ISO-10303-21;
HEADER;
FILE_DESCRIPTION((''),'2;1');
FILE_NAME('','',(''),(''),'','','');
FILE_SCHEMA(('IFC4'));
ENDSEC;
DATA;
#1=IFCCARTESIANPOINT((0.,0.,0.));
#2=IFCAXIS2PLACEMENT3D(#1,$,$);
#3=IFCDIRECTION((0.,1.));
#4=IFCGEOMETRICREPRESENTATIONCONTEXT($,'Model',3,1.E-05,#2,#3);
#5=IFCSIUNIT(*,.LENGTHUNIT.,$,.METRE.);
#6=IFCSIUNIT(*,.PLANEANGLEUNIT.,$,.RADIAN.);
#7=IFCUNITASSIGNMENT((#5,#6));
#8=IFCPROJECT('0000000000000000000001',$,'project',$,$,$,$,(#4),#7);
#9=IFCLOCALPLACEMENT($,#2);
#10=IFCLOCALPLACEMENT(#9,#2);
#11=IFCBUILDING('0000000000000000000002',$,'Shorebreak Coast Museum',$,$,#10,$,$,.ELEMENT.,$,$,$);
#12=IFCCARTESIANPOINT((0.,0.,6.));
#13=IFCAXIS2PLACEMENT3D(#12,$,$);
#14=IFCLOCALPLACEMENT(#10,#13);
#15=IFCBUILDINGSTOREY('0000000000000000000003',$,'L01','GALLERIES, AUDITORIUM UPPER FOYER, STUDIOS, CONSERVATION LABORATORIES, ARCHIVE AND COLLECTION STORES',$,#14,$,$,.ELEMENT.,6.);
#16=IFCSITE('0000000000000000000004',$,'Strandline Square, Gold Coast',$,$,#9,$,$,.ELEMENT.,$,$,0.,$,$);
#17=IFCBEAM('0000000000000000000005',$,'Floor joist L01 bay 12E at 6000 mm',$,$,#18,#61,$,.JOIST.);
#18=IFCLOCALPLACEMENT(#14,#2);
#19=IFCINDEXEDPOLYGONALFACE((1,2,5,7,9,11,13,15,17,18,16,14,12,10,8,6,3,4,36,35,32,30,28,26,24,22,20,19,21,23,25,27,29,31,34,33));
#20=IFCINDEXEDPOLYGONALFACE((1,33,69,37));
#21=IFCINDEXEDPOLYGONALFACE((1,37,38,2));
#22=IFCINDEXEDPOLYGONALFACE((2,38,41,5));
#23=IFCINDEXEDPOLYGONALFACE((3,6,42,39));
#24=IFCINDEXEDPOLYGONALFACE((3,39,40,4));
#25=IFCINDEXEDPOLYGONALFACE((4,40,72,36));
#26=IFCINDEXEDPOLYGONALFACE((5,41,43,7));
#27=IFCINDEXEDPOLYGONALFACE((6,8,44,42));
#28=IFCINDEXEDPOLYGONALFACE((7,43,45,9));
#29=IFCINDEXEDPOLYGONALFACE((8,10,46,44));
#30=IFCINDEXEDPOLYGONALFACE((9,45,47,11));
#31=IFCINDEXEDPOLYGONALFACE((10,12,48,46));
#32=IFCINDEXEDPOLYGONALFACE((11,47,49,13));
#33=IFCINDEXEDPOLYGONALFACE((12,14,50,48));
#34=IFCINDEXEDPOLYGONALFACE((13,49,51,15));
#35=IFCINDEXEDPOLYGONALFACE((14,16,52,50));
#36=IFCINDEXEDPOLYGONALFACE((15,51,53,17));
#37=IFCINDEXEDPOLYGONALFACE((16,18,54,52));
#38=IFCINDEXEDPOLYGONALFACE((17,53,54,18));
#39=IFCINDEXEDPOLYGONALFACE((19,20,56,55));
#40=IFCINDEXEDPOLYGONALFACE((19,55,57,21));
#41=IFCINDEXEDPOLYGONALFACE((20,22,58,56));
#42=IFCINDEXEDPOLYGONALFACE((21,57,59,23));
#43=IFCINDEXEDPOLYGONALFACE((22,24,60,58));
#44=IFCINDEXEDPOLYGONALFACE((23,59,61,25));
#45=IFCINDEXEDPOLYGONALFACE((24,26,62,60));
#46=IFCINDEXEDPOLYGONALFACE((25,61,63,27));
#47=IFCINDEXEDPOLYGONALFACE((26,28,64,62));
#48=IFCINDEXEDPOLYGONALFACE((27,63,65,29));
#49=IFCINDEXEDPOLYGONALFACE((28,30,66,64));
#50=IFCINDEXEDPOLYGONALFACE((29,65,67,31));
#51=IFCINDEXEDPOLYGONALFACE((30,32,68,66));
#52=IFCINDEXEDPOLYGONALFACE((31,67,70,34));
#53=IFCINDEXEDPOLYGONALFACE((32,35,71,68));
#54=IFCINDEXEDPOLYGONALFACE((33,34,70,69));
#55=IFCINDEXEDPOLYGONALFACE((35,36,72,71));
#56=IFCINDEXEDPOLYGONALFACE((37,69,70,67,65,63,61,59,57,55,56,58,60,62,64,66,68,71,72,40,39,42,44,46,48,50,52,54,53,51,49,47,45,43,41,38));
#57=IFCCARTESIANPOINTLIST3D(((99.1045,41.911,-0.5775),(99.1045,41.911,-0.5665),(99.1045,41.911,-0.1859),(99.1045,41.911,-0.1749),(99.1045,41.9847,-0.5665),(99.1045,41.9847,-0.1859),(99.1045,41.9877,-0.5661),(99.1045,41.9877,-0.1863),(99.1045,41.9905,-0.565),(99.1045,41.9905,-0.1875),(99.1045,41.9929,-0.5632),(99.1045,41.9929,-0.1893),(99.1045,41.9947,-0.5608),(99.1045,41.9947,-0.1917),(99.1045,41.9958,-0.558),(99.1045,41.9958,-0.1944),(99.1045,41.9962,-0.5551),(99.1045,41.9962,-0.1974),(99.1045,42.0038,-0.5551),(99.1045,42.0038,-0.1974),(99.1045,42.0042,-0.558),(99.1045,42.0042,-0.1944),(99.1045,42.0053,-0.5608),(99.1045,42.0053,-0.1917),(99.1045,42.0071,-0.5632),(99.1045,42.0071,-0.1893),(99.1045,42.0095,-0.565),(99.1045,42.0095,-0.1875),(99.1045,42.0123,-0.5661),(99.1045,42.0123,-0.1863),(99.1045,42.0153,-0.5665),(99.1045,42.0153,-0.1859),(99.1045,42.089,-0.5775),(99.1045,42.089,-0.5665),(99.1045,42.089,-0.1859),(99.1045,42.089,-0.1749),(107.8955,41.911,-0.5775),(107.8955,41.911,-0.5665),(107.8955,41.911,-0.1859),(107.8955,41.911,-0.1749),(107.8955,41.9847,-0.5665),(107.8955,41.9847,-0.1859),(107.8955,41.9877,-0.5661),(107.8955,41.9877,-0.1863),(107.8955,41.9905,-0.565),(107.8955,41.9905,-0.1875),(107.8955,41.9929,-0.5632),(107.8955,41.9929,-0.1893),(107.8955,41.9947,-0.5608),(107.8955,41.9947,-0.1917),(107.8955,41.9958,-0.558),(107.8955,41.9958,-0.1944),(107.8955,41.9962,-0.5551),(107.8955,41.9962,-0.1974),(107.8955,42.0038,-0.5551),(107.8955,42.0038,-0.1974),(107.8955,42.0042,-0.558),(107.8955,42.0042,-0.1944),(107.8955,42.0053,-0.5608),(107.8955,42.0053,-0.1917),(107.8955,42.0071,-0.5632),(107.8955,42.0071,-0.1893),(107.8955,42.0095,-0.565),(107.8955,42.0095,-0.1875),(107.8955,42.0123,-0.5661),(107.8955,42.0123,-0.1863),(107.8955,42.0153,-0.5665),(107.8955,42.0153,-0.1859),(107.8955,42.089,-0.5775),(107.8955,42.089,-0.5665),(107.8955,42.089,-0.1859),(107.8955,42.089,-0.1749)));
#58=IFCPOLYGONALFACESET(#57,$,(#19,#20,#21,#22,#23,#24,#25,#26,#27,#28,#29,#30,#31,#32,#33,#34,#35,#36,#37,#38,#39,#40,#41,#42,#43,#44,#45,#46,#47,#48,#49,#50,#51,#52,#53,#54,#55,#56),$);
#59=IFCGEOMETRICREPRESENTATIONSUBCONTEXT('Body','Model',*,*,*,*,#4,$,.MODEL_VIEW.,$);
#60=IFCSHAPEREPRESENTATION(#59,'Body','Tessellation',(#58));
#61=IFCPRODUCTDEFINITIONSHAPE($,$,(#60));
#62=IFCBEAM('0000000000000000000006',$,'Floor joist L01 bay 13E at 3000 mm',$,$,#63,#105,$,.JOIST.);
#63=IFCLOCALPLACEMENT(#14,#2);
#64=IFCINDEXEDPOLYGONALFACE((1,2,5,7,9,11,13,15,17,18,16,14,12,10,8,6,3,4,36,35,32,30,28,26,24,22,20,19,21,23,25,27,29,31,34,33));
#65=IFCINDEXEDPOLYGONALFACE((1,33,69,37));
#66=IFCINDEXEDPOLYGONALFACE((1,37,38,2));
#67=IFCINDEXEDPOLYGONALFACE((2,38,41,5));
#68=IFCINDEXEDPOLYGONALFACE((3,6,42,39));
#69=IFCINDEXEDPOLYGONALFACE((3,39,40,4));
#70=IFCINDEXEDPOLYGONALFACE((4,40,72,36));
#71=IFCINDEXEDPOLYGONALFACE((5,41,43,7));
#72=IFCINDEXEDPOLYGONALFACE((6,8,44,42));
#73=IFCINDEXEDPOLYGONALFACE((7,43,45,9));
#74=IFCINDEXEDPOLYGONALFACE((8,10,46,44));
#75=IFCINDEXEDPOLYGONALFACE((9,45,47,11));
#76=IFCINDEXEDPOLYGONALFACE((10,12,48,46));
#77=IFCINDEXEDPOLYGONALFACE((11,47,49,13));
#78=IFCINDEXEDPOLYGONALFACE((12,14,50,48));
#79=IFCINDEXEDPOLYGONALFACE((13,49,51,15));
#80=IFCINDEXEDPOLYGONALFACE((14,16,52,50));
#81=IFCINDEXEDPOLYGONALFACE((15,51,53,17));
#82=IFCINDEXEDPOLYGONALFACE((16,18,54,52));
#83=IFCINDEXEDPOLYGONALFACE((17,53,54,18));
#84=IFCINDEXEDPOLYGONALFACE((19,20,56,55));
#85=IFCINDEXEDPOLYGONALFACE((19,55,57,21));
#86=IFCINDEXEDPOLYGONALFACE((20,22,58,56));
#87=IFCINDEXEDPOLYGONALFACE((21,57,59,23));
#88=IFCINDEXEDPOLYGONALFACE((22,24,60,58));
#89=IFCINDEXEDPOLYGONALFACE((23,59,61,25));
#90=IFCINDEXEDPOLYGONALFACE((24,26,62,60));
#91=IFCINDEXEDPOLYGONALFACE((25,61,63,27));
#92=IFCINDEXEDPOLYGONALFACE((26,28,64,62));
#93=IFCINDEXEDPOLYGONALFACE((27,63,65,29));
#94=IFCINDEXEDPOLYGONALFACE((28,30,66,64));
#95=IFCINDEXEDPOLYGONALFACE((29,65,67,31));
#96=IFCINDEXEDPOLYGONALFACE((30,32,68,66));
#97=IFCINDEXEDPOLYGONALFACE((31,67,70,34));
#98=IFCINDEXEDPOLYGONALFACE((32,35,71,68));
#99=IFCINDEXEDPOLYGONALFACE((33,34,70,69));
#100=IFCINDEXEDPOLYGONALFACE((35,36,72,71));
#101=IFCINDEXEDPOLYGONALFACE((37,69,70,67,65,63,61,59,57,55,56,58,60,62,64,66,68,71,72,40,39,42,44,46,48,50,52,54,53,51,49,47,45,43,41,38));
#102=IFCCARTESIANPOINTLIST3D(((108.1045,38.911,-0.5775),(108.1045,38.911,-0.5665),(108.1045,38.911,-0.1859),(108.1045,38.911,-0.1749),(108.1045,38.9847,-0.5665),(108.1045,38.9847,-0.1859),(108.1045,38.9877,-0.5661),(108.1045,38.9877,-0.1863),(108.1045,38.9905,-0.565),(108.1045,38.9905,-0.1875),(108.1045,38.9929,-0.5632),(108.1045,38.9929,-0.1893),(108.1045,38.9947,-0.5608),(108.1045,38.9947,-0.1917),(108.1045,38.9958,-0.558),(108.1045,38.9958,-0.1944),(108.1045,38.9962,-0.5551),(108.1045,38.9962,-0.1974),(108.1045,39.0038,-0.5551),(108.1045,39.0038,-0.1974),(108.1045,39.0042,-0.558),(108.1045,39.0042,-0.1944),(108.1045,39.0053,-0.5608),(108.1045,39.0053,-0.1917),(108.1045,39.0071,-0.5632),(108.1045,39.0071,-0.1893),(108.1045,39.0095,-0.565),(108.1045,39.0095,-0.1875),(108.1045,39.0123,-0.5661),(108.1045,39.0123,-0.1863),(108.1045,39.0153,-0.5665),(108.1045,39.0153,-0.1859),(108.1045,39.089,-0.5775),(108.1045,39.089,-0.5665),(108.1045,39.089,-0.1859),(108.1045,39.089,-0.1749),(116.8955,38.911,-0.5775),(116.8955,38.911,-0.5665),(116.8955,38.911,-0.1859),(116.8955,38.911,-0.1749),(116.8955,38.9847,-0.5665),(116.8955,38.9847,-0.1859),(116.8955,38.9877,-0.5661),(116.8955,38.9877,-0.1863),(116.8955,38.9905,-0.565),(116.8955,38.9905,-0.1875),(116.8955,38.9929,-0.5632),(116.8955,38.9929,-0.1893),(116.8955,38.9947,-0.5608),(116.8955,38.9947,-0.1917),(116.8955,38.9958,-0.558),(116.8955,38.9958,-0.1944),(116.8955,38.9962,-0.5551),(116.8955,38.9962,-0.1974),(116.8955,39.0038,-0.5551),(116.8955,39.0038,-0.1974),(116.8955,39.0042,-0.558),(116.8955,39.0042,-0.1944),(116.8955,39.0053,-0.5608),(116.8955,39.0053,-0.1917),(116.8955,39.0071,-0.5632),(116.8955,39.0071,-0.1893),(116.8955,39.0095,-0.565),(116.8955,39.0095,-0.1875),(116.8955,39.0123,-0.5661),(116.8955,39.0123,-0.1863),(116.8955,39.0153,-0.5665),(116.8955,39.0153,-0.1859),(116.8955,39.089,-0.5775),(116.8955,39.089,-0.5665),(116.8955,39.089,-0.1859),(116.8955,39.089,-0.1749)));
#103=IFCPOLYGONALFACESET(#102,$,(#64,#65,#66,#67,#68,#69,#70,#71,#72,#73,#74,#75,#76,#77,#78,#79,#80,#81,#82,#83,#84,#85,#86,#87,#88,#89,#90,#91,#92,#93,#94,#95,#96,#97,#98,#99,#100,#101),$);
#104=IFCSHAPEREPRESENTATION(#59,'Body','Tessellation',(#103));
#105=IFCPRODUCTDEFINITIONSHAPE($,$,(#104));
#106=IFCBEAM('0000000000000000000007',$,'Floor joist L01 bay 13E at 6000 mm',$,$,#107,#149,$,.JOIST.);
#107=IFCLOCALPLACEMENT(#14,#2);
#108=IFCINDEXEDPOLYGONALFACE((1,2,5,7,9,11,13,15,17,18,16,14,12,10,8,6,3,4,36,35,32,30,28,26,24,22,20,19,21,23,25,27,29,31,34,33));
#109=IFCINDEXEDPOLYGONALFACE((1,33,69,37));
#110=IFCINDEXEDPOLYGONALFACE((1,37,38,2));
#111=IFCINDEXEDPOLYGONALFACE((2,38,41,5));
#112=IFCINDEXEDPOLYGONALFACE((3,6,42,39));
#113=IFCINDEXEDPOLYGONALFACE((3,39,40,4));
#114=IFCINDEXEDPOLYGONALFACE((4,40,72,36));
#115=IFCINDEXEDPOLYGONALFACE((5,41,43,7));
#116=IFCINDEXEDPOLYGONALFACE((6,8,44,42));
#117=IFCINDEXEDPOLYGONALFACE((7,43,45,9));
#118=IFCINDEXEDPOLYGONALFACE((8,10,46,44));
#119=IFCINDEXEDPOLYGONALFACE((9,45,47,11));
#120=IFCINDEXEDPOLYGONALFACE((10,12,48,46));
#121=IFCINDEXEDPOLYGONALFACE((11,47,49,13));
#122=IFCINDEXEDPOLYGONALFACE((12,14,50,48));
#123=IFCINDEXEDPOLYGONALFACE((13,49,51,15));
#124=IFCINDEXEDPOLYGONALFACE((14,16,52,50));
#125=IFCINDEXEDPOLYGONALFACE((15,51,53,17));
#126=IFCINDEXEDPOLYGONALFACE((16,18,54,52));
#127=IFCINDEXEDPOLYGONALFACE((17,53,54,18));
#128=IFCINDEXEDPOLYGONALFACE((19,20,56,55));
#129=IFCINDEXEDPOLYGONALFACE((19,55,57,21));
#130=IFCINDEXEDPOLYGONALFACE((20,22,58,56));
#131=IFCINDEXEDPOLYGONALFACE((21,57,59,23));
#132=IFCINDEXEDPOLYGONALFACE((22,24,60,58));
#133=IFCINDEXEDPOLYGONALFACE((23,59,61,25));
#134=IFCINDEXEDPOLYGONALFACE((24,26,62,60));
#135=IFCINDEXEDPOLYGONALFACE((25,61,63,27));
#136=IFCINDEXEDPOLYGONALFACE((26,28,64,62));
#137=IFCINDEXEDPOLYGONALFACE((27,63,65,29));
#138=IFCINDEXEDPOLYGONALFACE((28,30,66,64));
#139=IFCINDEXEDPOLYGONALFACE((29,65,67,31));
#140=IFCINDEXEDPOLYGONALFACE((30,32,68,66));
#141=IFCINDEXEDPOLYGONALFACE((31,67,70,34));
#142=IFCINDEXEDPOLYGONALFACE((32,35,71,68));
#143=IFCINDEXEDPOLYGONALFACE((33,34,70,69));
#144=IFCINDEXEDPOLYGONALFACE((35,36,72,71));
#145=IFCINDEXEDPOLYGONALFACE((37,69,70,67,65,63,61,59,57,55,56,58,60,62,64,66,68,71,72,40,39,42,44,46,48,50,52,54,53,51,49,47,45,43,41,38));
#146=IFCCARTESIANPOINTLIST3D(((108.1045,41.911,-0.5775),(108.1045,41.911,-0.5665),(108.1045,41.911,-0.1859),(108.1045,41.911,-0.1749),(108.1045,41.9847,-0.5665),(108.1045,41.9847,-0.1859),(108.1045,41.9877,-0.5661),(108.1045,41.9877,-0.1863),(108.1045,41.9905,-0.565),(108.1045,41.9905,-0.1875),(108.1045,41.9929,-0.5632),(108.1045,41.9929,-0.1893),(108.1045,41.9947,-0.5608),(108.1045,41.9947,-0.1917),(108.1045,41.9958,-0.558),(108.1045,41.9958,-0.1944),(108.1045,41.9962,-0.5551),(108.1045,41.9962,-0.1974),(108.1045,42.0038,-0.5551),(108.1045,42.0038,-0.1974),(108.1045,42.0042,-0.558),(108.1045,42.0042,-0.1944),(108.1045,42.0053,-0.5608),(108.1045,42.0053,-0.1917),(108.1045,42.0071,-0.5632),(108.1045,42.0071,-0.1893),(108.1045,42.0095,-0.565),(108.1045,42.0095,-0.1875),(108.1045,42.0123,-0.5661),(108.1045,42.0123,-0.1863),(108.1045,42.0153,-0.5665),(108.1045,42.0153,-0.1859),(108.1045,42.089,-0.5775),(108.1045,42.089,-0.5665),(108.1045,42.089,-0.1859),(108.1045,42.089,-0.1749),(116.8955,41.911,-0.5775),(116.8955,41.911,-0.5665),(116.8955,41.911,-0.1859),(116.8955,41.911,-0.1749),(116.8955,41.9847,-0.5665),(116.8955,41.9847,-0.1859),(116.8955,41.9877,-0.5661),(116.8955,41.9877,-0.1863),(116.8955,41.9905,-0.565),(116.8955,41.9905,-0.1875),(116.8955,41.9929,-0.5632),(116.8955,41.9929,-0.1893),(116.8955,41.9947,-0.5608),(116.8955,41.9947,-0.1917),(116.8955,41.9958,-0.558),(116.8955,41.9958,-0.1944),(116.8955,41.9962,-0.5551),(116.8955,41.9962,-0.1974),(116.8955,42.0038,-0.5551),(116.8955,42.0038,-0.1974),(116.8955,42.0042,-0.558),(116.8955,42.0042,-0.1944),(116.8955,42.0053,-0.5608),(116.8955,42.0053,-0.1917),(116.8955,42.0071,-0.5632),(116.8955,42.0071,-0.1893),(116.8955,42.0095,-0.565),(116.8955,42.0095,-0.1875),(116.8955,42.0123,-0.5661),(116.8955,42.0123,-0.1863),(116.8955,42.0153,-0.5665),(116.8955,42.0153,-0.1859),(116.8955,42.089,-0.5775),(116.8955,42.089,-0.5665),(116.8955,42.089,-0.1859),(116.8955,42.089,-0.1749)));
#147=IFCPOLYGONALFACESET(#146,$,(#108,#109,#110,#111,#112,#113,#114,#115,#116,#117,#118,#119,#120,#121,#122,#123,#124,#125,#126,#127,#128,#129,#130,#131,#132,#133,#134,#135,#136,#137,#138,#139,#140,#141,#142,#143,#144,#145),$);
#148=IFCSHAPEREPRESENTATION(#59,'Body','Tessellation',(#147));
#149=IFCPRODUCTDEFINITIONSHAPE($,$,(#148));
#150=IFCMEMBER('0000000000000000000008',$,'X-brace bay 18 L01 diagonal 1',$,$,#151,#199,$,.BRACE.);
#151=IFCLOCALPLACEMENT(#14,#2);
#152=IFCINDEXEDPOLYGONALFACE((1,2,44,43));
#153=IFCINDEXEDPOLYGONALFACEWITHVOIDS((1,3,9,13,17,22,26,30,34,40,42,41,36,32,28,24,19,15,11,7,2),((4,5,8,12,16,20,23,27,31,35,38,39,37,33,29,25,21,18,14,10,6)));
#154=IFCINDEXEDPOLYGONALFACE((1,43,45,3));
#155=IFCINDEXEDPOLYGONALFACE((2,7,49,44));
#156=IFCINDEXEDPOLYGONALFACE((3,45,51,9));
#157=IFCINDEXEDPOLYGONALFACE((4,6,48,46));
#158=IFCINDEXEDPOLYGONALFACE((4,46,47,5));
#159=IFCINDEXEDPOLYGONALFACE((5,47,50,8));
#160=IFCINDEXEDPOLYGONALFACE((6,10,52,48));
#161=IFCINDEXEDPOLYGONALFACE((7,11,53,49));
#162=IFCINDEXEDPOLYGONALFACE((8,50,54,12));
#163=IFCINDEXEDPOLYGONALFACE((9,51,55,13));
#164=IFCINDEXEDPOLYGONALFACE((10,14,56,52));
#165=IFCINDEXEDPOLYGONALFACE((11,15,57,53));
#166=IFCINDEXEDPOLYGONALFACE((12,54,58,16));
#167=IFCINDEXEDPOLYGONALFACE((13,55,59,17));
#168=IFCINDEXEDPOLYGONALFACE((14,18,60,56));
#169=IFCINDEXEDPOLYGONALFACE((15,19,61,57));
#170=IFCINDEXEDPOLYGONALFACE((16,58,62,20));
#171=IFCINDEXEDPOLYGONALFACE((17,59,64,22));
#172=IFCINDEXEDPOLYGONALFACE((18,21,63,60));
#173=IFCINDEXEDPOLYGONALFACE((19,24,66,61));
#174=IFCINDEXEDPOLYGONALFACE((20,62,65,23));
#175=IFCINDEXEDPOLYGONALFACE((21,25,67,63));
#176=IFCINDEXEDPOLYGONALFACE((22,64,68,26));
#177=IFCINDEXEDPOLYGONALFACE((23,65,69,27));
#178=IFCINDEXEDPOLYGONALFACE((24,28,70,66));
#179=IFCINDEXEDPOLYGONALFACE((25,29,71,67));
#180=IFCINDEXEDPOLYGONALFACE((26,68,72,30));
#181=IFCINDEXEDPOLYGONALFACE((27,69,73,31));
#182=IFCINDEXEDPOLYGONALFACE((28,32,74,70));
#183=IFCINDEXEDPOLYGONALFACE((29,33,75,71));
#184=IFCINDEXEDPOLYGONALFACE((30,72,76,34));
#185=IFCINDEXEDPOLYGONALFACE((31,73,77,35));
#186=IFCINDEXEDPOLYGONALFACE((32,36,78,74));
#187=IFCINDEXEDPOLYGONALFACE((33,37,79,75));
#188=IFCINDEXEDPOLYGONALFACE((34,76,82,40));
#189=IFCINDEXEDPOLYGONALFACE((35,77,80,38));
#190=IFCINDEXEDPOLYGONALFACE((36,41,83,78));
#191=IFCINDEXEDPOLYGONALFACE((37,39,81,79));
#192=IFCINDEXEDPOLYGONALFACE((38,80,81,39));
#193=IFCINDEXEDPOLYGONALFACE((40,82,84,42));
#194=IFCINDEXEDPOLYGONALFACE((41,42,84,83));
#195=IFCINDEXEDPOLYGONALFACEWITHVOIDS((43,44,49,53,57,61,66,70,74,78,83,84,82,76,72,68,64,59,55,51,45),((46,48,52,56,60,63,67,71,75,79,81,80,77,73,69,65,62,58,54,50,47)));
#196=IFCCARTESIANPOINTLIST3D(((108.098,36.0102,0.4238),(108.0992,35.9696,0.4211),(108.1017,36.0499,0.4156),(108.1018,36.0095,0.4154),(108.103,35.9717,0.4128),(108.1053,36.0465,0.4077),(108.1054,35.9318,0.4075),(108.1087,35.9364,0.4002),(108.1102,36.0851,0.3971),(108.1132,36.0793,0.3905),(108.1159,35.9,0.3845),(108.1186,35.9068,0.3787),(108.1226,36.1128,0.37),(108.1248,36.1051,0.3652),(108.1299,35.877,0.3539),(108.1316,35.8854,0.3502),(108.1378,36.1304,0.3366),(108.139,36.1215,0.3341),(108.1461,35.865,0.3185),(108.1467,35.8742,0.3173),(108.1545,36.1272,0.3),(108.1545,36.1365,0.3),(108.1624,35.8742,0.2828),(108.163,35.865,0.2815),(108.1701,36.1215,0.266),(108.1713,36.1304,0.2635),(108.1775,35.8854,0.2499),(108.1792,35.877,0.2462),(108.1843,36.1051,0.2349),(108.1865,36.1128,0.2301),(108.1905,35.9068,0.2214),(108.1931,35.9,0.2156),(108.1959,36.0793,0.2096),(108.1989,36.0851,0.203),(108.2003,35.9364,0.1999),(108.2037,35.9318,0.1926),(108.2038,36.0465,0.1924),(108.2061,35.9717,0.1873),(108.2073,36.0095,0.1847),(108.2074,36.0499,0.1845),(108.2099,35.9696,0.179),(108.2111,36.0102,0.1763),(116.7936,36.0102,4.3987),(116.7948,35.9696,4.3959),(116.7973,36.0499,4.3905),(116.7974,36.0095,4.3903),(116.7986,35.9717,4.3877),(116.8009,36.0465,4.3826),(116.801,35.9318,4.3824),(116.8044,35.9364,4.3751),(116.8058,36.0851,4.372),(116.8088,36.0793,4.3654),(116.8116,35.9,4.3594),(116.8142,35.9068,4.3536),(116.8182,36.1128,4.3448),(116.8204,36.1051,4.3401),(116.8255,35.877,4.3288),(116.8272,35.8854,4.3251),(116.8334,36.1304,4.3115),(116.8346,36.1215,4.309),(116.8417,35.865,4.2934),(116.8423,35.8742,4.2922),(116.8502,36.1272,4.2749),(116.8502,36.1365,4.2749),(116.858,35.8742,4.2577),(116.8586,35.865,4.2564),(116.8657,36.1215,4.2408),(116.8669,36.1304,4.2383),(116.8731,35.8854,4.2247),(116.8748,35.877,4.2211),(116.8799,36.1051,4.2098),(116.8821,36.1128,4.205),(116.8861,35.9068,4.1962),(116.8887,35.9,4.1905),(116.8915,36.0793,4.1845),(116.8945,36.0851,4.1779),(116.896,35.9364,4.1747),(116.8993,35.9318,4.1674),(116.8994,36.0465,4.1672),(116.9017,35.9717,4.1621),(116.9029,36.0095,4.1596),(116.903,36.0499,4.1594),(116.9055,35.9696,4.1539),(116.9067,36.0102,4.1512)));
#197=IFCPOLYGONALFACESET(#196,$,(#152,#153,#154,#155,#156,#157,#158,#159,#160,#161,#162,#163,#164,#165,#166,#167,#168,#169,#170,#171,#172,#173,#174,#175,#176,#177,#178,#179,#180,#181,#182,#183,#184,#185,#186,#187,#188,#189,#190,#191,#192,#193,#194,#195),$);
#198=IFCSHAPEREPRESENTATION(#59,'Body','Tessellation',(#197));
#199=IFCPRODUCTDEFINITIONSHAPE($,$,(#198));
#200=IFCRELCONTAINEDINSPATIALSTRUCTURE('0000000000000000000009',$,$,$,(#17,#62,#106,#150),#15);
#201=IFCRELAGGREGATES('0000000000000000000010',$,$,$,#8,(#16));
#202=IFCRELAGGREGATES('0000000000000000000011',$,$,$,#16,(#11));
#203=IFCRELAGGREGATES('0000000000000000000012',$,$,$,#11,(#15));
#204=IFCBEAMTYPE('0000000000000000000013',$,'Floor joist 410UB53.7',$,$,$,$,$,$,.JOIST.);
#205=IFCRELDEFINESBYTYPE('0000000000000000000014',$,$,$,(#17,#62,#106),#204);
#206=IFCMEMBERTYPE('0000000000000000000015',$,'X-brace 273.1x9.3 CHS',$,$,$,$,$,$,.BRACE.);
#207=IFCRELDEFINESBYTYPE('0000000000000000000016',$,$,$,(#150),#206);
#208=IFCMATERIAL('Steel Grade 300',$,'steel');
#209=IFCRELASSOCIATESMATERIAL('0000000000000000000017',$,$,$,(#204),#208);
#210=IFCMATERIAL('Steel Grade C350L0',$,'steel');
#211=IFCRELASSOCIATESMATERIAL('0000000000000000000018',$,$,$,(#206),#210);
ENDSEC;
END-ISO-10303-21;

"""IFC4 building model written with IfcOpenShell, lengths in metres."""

from ifc_helpers import new_model, si_unit, direction, frame, origin, origin_2d, place, context, subcontext, project, spatial, hollow_circle, i_section, extrude, material, material_profile, profile_set, type_object, element, save


model = new_model("IFC4")

# Units and contexts
model_context = context("Model", 3, precision=1e-05, world=origin(), true_north=direction((0.0, 1.0)))
body_context = subcontext(model_context, "Body", "Model", "MODEL_VIEW")
ifc_project = project(units=[si_unit("LENGTHUNIT", "METRE"), si_unit("PLANEANGLEUNIT", "RADIAN")], contexts=[model_context])

# Site, building, storey
site_placement = place(None, origin())
site = spatial("IfcSite", under=ifc_project, at=site_placement, Name="Strandline Square, Gold Coast", CompositionType="ELEMENT", RefElevation=0.0)
building_placement = place(site_placement, origin())
building = spatial("IfcBuilding", under=site, at=building_placement, Name="Shorebreak Coast Museum", CompositionType="ELEMENT")
storey_placement = place(building_placement, frame((0.0, 0.0, 6.0)))
storey = spatial("IfcBuildingStorey", under=building, at=storey_placement, Name="L01", Description="GALLERIES, AUDITORIUM UPPER FOYER, STUDIOS, CONSERVATION LABORATORIES, ARCHIVE AND COLLECTION STORES", CompositionType="ELEMENT", Elevation=6.0)

# Beams
ifc_material_1 = material(Name="Steel Grade 300", Category="steel")
ifc_material_profile_1 = material_profile(ifc_material_1, i_section(OverallWidth=0.178, OverallDepth=0.4026, WebThickness=0.0076, FlangeThickness=0.011, FilletRadius=0.0115, at=origin_2d()), Name="410UB53.7")
ifc_profile_set_1 = profile_set([ifc_material_profile_1], Name="Steel Grade 300")
beam_type_1 = type_object("IfcBeamType", Name="Floor joist 410UB53.7", PredefinedType="JOIST", material=ifc_profile_set_1)
for number, where, z_axis, x_axis, name in (
    (1, (99.1045, 42.0, -0.3762), (1.0, 0.0, 0.0), (0.0, 1.0, 0.0), "Floor joist L01 bay 12E at 6000 mm"),
    (2, (108.1045, 39.0, -0.3762), (1.0, 0.0, 0.0), (0.0, 1.0, 0.0), "Floor joist L01 bay 13E at 3000 mm"),
    (3, (108.1045, 42.0, -0.3762), (1.0, 0.0, 0.0), (0.0, 1.0, 0.0), "Floor joist L01 bay 13E at 6000 mm"),
):
    element("IfcBeam", number, at=place(storey_placement, frame(where, z_axis=z_axis, x_axis=x_axis)), inside=storey, type_object=beam_type_1, Name=name, PredefinedType="JOIST", context=body_context, shape_type="SweptSolid", body=[
        extrude(i_section(OverallWidth=0.178, OverallDepth=0.4026, WebThickness=0.0076, FlangeThickness=0.011, FilletRadius=0.0115, at=origin_2d()), origin(), (0.0, 0.0, 1.0), 8.791),
    ])

# Member
ifc_material_2 = material(Name="Steel Grade C350L0", Category="steel")
ifc_material_profile_2 = material_profile(ifc_material_2, hollow_circle(Radius=0.1365, WallThickness=0.0093, at=origin_2d()), Name="273.1x9.3 CHS")
ifc_profile_set_2 = profile_set([ifc_material_profile_2], Name="Steel Grade C350L0")
member_type = type_object("IfcMemberType", Name="X-brace 273.1x9.3 CHS", PredefinedType="BRACE", material=ifc_profile_set_2)
member_placement = place(storey_placement, frame((108.1545, 36.0, 0.3), z_axis=(0.909485, 0.0, 0.415737), x_axis=(0.0, 1.0, 0.0)))
element("IfcMember", 4, at=member_placement, inside=storey, type_object=member_type, Name="X-brace bay 18 L01 diagonal 1", PredefinedType="BRACE", context=body_context, shape_type="SweptSolid", body=[
    extrude(hollow_circle(Radius=0.1365, WallThickness=0.0093, at=origin_2d()), origin(), (0.0, 0.0, 1.0), 9.561),
])

save(model, "model.ifc")
